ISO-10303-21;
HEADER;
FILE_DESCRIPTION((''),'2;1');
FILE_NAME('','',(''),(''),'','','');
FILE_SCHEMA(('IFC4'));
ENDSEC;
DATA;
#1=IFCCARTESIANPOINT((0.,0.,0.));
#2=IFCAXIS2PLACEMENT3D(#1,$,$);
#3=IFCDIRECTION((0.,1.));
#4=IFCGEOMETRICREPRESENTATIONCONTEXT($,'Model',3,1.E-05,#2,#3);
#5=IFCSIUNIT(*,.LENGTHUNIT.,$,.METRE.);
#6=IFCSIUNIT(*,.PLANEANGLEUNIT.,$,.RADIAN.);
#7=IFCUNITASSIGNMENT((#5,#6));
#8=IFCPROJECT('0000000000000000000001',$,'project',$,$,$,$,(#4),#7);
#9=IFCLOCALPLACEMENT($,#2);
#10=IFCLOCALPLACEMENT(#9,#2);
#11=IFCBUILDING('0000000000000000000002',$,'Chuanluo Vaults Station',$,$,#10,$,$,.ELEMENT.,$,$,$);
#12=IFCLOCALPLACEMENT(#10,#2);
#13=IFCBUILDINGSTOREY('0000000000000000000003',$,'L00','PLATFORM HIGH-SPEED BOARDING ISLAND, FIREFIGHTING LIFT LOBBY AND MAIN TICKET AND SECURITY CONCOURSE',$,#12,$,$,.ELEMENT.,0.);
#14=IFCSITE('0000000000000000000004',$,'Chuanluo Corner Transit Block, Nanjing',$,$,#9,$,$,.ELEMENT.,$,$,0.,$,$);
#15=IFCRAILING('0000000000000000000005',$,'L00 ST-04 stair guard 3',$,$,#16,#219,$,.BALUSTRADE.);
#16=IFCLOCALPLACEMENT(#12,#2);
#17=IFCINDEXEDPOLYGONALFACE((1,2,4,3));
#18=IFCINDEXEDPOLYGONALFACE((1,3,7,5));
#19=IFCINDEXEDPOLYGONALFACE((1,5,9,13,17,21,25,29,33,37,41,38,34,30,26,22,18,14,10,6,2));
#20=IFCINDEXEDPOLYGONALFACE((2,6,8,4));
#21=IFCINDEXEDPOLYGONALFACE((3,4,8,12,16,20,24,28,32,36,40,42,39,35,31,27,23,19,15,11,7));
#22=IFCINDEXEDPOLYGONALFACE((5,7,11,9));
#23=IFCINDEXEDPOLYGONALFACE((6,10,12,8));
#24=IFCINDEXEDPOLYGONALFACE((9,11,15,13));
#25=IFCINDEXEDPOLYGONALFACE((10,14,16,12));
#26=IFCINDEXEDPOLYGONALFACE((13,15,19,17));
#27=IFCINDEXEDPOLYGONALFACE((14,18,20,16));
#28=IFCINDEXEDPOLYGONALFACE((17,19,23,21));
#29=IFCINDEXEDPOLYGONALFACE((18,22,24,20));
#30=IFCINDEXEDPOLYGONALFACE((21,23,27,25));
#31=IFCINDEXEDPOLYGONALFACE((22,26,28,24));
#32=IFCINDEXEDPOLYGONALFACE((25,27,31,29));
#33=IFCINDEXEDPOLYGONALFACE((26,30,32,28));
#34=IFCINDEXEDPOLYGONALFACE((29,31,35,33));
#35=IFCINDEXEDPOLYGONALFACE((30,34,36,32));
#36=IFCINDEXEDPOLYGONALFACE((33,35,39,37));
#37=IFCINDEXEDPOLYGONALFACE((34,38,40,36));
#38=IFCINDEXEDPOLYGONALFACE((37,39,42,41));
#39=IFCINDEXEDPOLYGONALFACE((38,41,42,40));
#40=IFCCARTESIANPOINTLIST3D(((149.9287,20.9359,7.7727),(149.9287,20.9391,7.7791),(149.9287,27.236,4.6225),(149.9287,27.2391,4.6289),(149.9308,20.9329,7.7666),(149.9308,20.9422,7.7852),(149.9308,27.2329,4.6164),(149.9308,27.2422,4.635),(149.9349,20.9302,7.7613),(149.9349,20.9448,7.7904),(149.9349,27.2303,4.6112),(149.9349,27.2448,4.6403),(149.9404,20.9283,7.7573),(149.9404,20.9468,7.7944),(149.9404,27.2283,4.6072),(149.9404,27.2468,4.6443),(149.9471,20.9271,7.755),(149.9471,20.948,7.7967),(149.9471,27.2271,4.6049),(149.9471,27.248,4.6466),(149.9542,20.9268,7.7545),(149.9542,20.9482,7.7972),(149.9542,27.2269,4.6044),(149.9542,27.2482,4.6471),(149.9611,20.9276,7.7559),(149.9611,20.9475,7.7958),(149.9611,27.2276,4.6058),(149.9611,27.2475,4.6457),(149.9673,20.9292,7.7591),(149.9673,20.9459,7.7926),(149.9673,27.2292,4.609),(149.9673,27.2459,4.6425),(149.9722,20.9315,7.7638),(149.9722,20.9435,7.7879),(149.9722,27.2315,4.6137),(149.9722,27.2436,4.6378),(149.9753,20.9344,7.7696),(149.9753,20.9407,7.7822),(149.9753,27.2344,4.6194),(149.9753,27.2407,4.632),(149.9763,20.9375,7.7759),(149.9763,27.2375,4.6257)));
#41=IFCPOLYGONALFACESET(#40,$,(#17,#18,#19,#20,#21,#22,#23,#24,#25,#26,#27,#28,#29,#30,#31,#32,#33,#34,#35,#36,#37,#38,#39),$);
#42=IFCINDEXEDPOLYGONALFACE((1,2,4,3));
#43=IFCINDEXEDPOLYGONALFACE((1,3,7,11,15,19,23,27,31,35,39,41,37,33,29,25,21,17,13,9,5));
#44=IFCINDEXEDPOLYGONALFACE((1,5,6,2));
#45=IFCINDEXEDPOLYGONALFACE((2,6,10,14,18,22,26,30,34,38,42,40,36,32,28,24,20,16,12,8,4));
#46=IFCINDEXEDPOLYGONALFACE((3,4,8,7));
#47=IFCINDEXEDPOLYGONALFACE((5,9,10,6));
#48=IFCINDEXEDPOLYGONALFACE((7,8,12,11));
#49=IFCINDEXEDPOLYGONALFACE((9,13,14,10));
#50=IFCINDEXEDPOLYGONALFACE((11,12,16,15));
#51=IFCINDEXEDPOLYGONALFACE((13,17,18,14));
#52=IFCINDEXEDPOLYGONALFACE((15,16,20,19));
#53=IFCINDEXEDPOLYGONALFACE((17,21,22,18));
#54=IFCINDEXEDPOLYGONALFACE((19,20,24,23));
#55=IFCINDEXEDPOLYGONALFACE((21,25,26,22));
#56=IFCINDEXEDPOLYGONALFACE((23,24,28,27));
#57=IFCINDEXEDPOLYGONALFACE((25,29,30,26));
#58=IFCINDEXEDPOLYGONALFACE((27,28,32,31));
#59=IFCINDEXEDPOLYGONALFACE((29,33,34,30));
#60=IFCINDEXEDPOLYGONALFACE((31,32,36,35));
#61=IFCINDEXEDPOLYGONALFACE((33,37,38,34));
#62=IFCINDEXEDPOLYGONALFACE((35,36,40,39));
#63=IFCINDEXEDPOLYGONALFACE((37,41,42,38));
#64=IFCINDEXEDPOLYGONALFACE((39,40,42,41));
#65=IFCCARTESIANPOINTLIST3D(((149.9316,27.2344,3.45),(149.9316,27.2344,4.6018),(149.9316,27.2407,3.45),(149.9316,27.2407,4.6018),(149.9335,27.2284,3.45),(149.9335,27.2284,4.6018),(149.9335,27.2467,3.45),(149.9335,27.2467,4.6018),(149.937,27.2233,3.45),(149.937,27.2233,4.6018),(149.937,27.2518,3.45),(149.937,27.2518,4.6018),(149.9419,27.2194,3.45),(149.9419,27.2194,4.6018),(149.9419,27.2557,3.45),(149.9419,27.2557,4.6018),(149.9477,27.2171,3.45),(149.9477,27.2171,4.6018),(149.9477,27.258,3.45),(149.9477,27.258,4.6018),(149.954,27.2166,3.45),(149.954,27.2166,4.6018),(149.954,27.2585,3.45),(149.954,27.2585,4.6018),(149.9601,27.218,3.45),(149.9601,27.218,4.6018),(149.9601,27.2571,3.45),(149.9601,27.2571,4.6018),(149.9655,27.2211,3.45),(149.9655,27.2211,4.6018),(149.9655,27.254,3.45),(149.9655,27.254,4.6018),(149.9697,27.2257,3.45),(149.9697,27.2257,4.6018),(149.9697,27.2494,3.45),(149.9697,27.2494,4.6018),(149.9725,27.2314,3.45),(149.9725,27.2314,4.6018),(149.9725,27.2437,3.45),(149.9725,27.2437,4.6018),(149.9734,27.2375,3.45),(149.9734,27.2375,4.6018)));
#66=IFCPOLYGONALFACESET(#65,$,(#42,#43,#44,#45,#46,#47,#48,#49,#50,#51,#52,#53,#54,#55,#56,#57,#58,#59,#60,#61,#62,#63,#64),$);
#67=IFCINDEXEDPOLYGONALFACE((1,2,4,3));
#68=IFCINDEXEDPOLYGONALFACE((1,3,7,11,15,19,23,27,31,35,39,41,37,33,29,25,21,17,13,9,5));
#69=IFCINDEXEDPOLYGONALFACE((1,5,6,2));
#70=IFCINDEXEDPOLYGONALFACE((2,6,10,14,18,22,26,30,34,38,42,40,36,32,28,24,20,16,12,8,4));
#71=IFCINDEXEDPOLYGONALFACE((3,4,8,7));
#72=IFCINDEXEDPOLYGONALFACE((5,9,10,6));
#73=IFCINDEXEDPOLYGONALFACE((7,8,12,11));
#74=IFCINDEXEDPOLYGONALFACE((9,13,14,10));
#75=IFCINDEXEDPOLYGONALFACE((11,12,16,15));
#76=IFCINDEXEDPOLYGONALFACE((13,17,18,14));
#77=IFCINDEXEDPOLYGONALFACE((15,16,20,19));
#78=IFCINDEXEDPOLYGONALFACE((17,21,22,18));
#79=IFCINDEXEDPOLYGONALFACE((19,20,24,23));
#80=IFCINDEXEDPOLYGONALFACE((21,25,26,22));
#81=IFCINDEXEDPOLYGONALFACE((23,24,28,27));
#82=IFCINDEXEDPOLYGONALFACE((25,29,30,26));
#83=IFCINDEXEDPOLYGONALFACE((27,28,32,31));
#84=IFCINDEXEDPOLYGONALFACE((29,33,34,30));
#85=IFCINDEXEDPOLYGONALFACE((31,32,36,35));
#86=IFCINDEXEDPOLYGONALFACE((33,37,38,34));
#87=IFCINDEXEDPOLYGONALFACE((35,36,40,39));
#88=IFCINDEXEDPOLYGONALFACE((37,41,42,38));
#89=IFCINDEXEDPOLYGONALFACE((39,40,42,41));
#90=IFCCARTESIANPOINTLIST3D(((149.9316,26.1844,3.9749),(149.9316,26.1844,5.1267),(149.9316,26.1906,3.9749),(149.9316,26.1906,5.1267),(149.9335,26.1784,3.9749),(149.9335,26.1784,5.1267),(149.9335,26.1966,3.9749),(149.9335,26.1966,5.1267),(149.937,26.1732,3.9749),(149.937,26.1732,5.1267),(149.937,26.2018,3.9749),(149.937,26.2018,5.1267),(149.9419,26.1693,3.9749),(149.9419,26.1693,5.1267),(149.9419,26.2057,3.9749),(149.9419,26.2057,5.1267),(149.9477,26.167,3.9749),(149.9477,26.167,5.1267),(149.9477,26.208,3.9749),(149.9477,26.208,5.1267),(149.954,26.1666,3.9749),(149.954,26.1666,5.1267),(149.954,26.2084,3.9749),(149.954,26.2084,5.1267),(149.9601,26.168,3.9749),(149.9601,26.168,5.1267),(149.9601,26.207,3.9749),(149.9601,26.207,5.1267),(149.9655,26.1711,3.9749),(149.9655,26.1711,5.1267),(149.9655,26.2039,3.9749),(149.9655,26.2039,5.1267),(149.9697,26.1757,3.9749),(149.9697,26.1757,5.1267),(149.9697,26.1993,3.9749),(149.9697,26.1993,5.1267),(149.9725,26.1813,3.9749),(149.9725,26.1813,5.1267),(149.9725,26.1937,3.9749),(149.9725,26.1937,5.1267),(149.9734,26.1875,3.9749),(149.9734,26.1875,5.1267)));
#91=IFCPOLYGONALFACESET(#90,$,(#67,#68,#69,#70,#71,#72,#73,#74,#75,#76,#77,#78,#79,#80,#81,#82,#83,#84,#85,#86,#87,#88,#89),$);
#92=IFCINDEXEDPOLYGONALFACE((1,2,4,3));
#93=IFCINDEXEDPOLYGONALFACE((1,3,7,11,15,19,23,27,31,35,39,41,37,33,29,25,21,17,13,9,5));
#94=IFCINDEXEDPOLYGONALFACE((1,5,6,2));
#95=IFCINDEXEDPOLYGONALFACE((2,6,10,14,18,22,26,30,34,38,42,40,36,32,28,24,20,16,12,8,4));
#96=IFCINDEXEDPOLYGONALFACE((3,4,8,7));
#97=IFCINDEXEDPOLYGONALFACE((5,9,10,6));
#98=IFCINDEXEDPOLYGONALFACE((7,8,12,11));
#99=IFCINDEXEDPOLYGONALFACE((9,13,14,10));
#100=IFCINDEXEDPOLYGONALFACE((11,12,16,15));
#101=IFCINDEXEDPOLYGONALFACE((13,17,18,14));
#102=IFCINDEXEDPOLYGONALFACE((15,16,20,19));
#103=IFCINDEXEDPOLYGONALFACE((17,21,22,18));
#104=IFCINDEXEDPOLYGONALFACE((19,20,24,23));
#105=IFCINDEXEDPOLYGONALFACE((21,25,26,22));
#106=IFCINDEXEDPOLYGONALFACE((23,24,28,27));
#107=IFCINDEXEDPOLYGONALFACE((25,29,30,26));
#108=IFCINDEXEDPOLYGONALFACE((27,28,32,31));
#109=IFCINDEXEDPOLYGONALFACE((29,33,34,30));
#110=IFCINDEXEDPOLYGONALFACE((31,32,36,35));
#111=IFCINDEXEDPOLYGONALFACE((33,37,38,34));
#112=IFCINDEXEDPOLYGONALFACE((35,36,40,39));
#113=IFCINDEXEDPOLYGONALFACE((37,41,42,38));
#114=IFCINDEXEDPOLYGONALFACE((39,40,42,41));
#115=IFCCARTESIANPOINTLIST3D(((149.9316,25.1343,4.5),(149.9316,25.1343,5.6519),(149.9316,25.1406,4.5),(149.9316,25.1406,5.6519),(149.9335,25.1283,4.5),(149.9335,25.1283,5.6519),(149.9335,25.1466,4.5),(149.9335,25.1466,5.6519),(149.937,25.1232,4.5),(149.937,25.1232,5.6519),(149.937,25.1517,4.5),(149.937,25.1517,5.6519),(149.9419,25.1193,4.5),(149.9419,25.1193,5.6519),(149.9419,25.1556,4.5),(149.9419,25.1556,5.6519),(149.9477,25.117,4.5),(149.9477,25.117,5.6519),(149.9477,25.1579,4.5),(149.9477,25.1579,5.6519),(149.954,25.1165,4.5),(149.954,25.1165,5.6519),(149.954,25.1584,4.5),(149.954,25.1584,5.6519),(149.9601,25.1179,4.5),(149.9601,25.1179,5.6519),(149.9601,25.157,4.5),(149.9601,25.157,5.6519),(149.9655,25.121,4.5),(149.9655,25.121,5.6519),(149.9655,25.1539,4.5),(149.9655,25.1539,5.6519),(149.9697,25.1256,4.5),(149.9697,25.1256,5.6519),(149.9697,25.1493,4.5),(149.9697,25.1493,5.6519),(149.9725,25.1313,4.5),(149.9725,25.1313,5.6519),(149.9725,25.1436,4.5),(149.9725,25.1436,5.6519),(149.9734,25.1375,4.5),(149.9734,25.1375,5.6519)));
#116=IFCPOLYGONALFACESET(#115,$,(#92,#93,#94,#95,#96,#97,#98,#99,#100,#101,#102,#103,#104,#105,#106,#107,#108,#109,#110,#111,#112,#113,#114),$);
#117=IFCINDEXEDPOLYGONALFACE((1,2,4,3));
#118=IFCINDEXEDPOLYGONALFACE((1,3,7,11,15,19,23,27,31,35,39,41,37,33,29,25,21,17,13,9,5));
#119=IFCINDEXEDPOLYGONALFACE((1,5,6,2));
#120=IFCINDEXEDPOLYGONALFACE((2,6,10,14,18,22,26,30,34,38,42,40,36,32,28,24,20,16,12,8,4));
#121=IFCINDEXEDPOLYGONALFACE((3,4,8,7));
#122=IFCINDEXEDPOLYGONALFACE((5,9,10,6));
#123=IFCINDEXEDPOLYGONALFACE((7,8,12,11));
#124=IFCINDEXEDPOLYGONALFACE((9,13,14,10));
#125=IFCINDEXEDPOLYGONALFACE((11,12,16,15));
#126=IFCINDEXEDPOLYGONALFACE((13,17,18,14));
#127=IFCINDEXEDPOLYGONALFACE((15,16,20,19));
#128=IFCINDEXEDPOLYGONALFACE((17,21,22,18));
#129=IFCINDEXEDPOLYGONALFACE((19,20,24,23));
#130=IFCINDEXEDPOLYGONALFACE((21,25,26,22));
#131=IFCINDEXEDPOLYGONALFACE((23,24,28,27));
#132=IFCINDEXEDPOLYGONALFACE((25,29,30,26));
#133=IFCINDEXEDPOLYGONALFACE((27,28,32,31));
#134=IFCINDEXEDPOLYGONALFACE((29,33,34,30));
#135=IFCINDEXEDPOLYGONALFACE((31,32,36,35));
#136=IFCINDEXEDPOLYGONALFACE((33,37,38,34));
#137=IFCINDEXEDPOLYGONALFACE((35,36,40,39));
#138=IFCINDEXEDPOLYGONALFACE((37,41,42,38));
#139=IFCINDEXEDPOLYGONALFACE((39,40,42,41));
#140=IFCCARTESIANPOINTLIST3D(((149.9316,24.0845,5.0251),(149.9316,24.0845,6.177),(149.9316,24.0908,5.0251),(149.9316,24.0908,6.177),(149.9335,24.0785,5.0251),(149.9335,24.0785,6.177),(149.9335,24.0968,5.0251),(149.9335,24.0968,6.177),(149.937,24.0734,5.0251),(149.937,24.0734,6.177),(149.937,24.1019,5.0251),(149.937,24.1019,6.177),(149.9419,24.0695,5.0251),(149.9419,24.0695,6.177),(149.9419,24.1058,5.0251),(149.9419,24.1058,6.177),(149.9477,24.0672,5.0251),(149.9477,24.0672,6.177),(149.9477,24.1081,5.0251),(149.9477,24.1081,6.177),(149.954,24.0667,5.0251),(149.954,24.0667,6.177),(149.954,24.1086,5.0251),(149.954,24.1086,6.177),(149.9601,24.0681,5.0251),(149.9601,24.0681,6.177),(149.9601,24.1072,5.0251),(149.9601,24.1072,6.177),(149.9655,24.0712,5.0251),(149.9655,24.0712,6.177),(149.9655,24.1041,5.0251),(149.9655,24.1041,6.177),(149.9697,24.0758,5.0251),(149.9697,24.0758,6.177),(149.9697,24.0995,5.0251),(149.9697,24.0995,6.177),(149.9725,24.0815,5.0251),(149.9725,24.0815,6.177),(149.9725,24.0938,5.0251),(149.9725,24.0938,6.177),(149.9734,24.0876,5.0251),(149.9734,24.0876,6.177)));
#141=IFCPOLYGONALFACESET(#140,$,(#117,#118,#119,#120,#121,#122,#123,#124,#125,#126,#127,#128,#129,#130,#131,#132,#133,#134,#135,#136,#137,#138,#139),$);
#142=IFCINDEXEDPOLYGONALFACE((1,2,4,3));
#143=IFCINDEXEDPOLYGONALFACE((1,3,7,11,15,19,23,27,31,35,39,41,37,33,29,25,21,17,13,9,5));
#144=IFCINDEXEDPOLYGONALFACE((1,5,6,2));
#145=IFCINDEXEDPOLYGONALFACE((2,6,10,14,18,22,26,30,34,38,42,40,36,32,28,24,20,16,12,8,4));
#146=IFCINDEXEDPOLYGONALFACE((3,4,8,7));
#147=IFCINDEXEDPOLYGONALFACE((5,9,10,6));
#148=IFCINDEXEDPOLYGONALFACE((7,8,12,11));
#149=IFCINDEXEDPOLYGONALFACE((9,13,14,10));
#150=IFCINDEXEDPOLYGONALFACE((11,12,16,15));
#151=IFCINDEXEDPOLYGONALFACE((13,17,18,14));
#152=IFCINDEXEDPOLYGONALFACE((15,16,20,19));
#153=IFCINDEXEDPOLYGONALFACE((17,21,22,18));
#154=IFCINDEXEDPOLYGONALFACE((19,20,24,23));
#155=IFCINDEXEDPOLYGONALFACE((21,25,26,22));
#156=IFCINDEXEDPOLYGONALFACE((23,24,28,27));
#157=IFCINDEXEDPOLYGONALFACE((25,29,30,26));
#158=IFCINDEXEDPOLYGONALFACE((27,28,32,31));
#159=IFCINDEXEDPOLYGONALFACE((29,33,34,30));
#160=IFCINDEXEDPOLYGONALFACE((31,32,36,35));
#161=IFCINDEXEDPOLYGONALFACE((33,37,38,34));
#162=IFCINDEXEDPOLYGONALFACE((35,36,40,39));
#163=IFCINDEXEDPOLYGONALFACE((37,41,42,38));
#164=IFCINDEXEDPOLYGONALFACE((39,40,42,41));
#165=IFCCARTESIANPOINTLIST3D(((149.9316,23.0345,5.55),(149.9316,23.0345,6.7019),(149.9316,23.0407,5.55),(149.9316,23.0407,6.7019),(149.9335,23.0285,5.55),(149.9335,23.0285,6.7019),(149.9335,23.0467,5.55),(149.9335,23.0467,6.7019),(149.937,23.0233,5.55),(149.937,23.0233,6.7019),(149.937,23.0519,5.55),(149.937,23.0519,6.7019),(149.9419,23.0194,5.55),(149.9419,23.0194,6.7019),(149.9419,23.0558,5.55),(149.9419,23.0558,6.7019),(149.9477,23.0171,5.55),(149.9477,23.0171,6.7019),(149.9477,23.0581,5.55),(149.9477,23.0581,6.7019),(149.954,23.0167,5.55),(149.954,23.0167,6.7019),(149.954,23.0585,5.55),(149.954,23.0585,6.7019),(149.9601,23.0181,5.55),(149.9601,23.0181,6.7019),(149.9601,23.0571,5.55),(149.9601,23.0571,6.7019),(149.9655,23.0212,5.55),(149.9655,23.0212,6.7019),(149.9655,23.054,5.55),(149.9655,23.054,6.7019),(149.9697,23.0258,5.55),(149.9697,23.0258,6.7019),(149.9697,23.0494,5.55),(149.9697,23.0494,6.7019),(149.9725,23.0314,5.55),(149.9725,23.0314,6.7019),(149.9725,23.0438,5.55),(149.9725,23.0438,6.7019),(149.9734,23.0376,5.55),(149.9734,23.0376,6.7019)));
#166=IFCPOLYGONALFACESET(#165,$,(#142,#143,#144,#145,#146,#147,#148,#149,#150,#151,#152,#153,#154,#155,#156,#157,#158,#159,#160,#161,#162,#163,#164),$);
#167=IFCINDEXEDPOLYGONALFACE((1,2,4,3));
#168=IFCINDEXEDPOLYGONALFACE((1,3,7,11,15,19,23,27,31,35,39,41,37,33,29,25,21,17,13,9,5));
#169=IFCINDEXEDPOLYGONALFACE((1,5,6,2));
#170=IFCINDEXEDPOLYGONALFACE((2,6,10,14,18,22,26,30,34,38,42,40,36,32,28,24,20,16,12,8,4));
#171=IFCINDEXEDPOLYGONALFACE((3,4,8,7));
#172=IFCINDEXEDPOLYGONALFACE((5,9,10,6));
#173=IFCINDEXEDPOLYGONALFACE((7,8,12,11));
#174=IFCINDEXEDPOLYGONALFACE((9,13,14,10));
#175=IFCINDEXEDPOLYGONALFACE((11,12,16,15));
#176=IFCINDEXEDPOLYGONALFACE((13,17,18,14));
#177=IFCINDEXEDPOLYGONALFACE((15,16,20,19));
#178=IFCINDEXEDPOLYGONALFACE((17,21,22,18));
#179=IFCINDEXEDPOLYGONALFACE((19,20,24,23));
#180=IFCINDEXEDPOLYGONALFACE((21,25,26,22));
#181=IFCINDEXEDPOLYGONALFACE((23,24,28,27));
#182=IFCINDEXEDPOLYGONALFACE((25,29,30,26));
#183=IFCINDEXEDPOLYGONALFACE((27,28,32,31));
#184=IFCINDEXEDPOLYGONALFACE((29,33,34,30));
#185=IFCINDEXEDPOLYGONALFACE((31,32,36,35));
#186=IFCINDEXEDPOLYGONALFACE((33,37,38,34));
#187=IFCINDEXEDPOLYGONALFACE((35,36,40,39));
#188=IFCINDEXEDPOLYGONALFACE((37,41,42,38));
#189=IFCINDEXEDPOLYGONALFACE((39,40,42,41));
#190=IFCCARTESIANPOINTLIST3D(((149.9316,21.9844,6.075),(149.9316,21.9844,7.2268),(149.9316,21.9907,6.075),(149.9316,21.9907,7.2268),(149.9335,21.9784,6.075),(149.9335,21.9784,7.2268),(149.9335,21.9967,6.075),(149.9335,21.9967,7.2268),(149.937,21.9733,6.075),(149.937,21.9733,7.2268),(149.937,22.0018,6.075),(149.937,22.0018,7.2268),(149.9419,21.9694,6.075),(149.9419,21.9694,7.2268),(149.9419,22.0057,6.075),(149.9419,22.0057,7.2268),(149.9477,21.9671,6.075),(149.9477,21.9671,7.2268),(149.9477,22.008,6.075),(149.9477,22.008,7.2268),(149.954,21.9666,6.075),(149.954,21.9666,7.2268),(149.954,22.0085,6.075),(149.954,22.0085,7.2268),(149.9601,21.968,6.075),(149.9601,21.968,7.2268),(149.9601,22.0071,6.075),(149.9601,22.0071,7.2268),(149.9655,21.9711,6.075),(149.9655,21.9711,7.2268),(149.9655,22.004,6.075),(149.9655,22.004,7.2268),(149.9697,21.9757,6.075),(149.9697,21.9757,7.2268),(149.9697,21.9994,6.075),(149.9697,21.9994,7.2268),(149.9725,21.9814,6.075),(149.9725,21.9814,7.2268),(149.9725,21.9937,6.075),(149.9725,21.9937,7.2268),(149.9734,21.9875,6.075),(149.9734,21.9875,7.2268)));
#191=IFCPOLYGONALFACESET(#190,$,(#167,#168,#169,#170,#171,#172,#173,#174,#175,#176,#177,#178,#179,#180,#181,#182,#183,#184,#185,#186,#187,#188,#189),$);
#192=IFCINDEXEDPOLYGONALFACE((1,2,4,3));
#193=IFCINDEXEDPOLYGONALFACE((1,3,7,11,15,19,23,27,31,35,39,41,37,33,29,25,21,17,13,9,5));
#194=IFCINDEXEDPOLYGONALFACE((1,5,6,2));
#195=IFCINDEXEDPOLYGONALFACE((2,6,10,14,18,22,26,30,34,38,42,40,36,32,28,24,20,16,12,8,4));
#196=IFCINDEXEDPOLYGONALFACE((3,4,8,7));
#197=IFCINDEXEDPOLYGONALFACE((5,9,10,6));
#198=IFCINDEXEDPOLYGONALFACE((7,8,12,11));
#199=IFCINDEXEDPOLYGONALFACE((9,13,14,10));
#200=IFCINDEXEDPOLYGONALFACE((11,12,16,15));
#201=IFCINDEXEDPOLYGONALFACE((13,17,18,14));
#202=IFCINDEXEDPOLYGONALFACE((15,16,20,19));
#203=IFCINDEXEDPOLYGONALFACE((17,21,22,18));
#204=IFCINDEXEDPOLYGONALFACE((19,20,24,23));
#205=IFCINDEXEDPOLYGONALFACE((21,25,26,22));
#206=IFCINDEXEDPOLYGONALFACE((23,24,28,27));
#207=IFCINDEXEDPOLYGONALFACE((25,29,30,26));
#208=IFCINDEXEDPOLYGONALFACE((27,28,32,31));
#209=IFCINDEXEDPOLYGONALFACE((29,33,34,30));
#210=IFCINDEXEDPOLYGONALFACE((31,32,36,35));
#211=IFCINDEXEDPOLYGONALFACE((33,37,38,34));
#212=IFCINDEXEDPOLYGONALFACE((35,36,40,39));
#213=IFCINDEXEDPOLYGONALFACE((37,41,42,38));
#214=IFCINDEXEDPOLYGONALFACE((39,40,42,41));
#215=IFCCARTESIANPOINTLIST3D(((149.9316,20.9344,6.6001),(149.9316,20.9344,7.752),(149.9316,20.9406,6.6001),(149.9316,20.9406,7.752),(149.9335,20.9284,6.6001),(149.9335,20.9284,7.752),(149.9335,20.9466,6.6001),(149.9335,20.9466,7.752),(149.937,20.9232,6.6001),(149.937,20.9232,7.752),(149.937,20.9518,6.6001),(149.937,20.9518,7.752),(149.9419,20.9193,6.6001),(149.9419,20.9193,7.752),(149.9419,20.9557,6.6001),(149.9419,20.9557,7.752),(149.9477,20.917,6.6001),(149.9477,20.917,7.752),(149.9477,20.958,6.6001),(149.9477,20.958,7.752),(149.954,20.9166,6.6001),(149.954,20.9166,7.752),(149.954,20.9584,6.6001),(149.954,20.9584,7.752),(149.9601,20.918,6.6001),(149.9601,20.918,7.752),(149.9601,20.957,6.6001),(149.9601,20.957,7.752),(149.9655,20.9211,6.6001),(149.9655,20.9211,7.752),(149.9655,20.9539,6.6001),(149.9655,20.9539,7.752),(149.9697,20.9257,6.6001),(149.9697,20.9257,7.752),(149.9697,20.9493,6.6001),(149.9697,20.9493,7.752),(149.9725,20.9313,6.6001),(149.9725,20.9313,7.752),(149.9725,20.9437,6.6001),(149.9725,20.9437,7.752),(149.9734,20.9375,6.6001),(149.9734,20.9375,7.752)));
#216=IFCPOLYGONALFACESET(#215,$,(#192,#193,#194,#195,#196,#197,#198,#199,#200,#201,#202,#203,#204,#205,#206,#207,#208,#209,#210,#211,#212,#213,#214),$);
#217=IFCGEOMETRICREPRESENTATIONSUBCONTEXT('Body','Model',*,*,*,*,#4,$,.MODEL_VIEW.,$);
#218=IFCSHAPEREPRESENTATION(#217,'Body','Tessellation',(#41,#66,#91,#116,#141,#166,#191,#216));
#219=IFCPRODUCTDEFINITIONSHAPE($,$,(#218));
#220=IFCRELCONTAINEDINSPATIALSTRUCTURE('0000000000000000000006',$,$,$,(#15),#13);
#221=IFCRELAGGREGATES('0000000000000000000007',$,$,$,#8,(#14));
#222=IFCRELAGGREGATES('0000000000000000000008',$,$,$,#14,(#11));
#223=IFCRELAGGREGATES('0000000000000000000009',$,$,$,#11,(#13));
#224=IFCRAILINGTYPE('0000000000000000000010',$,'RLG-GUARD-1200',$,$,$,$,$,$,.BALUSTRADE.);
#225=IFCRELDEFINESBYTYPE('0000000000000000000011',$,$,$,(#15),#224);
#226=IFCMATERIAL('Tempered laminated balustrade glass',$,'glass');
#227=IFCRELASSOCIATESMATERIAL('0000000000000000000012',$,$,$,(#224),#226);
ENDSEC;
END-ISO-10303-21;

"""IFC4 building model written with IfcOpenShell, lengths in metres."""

from ifc_helpers import new_model, si_unit, direction, frame, origin, origin_2d, place, context, subcontext, project, spatial, circle, extrude, material, type_object, element, save


model = new_model("IFC4")

# Units and contexts
model_context = context("Model", 3, precision=1e-05, world=origin(), true_north=direction((0.0, 1.0)))
body_context = subcontext(model_context, "Body", "Model", "MODEL_VIEW")
ifc_project = project(units=[si_unit("LENGTHUNIT", "METRE"), si_unit("PLANEANGLEUNIT", "RADIAN")], contexts=[model_context])

# Site, building, storey
site_placement = place(None, origin())
site = spatial("IfcSite", under=ifc_project, at=site_placement, Name="Chuanluo Corner Transit Block, Nanjing", CompositionType="ELEMENT", RefElevation=0.0)
building_placement = place(site_placement, origin())
building = spatial("IfcBuilding", under=site, at=building_placement, Name="Chuanluo Vaults Station", CompositionType="ELEMENT")
storey_placement = place(building_placement, origin())
storey = spatial("IfcBuildingStorey", under=building, at=storey_placement, Name="L00", Description="PLATFORM HIGH-SPEED BOARDING ISLAND, FIREFIGHTING LIFT LOBBY AND MAIN TICKET AND SECURITY CONCOURSE", CompositionType="ELEMENT", Elevation=0.0)

# Railing
ifc_material_1 = material(Name="Tempered laminated balustrade glass", Category="glass")
railing_type_1 = type_object("IfcRailingType", Name="RLG-GUARD-1200", PredefinedType="BALUSTRADE", material=ifc_material_1)
railing_1_placement = place(storey_placement, frame((149.9524, 27.2375, 3.45)))
element("IfcRailing", 1, at=railing_1_placement, inside=storey, type_object=railing_type_1, Name="L00 ST-04 stair guard 3", PredefinedType="BALUSTRADE", context=body_context, shape_type="SweptSolid", body=[
    extrude(circle(Radius=0.0239, at=origin_2d()), frame((0.0, 0.0, 1.1758), z_axis=(0.0, -0.89442, 0.447227), x_axis=(1.0, 0.0, 0.0)), (0.0, 0.0, 1.0), 7.0437),
    extrude(circle(Radius=0.021, at=origin_2d()), origin(), (0.0, 0.0, 1.0), 1.1519),
    extrude(circle(Radius=0.021, at=origin_2d()), frame((0.0, -1.05, 0.5249)), (0.0, 0.0, 1.0), 1.1519),
    extrude(circle(Radius=0.021, at=origin_2d()), frame((0.0, -2.1001, 1.05)), (0.0, 0.0, 1.0), 1.1519),
    extrude(circle(Radius=0.021, at=origin_2d()), frame((0.0, -3.1499, 1.5752)), (0.0, 0.0, 1.0), 1.1519),
    extrude(circle(Radius=0.021, at=origin_2d()), frame((0.0, -4.2, 2.1001)), (0.0, 0.0, 1.0), 1.1519),
    extrude(circle(Radius=0.021, at=origin_2d()), frame((0.0, -5.25, 2.625)), (0.0, 0.0, 1.0), 1.1519),
    extrude(circle(Radius=0.021, at=origin_2d()), frame((0.0, -6.3, 3.1501)), (0.0, 0.0, 1.0), 1.1519),
])

save(model, "model.ifc")
